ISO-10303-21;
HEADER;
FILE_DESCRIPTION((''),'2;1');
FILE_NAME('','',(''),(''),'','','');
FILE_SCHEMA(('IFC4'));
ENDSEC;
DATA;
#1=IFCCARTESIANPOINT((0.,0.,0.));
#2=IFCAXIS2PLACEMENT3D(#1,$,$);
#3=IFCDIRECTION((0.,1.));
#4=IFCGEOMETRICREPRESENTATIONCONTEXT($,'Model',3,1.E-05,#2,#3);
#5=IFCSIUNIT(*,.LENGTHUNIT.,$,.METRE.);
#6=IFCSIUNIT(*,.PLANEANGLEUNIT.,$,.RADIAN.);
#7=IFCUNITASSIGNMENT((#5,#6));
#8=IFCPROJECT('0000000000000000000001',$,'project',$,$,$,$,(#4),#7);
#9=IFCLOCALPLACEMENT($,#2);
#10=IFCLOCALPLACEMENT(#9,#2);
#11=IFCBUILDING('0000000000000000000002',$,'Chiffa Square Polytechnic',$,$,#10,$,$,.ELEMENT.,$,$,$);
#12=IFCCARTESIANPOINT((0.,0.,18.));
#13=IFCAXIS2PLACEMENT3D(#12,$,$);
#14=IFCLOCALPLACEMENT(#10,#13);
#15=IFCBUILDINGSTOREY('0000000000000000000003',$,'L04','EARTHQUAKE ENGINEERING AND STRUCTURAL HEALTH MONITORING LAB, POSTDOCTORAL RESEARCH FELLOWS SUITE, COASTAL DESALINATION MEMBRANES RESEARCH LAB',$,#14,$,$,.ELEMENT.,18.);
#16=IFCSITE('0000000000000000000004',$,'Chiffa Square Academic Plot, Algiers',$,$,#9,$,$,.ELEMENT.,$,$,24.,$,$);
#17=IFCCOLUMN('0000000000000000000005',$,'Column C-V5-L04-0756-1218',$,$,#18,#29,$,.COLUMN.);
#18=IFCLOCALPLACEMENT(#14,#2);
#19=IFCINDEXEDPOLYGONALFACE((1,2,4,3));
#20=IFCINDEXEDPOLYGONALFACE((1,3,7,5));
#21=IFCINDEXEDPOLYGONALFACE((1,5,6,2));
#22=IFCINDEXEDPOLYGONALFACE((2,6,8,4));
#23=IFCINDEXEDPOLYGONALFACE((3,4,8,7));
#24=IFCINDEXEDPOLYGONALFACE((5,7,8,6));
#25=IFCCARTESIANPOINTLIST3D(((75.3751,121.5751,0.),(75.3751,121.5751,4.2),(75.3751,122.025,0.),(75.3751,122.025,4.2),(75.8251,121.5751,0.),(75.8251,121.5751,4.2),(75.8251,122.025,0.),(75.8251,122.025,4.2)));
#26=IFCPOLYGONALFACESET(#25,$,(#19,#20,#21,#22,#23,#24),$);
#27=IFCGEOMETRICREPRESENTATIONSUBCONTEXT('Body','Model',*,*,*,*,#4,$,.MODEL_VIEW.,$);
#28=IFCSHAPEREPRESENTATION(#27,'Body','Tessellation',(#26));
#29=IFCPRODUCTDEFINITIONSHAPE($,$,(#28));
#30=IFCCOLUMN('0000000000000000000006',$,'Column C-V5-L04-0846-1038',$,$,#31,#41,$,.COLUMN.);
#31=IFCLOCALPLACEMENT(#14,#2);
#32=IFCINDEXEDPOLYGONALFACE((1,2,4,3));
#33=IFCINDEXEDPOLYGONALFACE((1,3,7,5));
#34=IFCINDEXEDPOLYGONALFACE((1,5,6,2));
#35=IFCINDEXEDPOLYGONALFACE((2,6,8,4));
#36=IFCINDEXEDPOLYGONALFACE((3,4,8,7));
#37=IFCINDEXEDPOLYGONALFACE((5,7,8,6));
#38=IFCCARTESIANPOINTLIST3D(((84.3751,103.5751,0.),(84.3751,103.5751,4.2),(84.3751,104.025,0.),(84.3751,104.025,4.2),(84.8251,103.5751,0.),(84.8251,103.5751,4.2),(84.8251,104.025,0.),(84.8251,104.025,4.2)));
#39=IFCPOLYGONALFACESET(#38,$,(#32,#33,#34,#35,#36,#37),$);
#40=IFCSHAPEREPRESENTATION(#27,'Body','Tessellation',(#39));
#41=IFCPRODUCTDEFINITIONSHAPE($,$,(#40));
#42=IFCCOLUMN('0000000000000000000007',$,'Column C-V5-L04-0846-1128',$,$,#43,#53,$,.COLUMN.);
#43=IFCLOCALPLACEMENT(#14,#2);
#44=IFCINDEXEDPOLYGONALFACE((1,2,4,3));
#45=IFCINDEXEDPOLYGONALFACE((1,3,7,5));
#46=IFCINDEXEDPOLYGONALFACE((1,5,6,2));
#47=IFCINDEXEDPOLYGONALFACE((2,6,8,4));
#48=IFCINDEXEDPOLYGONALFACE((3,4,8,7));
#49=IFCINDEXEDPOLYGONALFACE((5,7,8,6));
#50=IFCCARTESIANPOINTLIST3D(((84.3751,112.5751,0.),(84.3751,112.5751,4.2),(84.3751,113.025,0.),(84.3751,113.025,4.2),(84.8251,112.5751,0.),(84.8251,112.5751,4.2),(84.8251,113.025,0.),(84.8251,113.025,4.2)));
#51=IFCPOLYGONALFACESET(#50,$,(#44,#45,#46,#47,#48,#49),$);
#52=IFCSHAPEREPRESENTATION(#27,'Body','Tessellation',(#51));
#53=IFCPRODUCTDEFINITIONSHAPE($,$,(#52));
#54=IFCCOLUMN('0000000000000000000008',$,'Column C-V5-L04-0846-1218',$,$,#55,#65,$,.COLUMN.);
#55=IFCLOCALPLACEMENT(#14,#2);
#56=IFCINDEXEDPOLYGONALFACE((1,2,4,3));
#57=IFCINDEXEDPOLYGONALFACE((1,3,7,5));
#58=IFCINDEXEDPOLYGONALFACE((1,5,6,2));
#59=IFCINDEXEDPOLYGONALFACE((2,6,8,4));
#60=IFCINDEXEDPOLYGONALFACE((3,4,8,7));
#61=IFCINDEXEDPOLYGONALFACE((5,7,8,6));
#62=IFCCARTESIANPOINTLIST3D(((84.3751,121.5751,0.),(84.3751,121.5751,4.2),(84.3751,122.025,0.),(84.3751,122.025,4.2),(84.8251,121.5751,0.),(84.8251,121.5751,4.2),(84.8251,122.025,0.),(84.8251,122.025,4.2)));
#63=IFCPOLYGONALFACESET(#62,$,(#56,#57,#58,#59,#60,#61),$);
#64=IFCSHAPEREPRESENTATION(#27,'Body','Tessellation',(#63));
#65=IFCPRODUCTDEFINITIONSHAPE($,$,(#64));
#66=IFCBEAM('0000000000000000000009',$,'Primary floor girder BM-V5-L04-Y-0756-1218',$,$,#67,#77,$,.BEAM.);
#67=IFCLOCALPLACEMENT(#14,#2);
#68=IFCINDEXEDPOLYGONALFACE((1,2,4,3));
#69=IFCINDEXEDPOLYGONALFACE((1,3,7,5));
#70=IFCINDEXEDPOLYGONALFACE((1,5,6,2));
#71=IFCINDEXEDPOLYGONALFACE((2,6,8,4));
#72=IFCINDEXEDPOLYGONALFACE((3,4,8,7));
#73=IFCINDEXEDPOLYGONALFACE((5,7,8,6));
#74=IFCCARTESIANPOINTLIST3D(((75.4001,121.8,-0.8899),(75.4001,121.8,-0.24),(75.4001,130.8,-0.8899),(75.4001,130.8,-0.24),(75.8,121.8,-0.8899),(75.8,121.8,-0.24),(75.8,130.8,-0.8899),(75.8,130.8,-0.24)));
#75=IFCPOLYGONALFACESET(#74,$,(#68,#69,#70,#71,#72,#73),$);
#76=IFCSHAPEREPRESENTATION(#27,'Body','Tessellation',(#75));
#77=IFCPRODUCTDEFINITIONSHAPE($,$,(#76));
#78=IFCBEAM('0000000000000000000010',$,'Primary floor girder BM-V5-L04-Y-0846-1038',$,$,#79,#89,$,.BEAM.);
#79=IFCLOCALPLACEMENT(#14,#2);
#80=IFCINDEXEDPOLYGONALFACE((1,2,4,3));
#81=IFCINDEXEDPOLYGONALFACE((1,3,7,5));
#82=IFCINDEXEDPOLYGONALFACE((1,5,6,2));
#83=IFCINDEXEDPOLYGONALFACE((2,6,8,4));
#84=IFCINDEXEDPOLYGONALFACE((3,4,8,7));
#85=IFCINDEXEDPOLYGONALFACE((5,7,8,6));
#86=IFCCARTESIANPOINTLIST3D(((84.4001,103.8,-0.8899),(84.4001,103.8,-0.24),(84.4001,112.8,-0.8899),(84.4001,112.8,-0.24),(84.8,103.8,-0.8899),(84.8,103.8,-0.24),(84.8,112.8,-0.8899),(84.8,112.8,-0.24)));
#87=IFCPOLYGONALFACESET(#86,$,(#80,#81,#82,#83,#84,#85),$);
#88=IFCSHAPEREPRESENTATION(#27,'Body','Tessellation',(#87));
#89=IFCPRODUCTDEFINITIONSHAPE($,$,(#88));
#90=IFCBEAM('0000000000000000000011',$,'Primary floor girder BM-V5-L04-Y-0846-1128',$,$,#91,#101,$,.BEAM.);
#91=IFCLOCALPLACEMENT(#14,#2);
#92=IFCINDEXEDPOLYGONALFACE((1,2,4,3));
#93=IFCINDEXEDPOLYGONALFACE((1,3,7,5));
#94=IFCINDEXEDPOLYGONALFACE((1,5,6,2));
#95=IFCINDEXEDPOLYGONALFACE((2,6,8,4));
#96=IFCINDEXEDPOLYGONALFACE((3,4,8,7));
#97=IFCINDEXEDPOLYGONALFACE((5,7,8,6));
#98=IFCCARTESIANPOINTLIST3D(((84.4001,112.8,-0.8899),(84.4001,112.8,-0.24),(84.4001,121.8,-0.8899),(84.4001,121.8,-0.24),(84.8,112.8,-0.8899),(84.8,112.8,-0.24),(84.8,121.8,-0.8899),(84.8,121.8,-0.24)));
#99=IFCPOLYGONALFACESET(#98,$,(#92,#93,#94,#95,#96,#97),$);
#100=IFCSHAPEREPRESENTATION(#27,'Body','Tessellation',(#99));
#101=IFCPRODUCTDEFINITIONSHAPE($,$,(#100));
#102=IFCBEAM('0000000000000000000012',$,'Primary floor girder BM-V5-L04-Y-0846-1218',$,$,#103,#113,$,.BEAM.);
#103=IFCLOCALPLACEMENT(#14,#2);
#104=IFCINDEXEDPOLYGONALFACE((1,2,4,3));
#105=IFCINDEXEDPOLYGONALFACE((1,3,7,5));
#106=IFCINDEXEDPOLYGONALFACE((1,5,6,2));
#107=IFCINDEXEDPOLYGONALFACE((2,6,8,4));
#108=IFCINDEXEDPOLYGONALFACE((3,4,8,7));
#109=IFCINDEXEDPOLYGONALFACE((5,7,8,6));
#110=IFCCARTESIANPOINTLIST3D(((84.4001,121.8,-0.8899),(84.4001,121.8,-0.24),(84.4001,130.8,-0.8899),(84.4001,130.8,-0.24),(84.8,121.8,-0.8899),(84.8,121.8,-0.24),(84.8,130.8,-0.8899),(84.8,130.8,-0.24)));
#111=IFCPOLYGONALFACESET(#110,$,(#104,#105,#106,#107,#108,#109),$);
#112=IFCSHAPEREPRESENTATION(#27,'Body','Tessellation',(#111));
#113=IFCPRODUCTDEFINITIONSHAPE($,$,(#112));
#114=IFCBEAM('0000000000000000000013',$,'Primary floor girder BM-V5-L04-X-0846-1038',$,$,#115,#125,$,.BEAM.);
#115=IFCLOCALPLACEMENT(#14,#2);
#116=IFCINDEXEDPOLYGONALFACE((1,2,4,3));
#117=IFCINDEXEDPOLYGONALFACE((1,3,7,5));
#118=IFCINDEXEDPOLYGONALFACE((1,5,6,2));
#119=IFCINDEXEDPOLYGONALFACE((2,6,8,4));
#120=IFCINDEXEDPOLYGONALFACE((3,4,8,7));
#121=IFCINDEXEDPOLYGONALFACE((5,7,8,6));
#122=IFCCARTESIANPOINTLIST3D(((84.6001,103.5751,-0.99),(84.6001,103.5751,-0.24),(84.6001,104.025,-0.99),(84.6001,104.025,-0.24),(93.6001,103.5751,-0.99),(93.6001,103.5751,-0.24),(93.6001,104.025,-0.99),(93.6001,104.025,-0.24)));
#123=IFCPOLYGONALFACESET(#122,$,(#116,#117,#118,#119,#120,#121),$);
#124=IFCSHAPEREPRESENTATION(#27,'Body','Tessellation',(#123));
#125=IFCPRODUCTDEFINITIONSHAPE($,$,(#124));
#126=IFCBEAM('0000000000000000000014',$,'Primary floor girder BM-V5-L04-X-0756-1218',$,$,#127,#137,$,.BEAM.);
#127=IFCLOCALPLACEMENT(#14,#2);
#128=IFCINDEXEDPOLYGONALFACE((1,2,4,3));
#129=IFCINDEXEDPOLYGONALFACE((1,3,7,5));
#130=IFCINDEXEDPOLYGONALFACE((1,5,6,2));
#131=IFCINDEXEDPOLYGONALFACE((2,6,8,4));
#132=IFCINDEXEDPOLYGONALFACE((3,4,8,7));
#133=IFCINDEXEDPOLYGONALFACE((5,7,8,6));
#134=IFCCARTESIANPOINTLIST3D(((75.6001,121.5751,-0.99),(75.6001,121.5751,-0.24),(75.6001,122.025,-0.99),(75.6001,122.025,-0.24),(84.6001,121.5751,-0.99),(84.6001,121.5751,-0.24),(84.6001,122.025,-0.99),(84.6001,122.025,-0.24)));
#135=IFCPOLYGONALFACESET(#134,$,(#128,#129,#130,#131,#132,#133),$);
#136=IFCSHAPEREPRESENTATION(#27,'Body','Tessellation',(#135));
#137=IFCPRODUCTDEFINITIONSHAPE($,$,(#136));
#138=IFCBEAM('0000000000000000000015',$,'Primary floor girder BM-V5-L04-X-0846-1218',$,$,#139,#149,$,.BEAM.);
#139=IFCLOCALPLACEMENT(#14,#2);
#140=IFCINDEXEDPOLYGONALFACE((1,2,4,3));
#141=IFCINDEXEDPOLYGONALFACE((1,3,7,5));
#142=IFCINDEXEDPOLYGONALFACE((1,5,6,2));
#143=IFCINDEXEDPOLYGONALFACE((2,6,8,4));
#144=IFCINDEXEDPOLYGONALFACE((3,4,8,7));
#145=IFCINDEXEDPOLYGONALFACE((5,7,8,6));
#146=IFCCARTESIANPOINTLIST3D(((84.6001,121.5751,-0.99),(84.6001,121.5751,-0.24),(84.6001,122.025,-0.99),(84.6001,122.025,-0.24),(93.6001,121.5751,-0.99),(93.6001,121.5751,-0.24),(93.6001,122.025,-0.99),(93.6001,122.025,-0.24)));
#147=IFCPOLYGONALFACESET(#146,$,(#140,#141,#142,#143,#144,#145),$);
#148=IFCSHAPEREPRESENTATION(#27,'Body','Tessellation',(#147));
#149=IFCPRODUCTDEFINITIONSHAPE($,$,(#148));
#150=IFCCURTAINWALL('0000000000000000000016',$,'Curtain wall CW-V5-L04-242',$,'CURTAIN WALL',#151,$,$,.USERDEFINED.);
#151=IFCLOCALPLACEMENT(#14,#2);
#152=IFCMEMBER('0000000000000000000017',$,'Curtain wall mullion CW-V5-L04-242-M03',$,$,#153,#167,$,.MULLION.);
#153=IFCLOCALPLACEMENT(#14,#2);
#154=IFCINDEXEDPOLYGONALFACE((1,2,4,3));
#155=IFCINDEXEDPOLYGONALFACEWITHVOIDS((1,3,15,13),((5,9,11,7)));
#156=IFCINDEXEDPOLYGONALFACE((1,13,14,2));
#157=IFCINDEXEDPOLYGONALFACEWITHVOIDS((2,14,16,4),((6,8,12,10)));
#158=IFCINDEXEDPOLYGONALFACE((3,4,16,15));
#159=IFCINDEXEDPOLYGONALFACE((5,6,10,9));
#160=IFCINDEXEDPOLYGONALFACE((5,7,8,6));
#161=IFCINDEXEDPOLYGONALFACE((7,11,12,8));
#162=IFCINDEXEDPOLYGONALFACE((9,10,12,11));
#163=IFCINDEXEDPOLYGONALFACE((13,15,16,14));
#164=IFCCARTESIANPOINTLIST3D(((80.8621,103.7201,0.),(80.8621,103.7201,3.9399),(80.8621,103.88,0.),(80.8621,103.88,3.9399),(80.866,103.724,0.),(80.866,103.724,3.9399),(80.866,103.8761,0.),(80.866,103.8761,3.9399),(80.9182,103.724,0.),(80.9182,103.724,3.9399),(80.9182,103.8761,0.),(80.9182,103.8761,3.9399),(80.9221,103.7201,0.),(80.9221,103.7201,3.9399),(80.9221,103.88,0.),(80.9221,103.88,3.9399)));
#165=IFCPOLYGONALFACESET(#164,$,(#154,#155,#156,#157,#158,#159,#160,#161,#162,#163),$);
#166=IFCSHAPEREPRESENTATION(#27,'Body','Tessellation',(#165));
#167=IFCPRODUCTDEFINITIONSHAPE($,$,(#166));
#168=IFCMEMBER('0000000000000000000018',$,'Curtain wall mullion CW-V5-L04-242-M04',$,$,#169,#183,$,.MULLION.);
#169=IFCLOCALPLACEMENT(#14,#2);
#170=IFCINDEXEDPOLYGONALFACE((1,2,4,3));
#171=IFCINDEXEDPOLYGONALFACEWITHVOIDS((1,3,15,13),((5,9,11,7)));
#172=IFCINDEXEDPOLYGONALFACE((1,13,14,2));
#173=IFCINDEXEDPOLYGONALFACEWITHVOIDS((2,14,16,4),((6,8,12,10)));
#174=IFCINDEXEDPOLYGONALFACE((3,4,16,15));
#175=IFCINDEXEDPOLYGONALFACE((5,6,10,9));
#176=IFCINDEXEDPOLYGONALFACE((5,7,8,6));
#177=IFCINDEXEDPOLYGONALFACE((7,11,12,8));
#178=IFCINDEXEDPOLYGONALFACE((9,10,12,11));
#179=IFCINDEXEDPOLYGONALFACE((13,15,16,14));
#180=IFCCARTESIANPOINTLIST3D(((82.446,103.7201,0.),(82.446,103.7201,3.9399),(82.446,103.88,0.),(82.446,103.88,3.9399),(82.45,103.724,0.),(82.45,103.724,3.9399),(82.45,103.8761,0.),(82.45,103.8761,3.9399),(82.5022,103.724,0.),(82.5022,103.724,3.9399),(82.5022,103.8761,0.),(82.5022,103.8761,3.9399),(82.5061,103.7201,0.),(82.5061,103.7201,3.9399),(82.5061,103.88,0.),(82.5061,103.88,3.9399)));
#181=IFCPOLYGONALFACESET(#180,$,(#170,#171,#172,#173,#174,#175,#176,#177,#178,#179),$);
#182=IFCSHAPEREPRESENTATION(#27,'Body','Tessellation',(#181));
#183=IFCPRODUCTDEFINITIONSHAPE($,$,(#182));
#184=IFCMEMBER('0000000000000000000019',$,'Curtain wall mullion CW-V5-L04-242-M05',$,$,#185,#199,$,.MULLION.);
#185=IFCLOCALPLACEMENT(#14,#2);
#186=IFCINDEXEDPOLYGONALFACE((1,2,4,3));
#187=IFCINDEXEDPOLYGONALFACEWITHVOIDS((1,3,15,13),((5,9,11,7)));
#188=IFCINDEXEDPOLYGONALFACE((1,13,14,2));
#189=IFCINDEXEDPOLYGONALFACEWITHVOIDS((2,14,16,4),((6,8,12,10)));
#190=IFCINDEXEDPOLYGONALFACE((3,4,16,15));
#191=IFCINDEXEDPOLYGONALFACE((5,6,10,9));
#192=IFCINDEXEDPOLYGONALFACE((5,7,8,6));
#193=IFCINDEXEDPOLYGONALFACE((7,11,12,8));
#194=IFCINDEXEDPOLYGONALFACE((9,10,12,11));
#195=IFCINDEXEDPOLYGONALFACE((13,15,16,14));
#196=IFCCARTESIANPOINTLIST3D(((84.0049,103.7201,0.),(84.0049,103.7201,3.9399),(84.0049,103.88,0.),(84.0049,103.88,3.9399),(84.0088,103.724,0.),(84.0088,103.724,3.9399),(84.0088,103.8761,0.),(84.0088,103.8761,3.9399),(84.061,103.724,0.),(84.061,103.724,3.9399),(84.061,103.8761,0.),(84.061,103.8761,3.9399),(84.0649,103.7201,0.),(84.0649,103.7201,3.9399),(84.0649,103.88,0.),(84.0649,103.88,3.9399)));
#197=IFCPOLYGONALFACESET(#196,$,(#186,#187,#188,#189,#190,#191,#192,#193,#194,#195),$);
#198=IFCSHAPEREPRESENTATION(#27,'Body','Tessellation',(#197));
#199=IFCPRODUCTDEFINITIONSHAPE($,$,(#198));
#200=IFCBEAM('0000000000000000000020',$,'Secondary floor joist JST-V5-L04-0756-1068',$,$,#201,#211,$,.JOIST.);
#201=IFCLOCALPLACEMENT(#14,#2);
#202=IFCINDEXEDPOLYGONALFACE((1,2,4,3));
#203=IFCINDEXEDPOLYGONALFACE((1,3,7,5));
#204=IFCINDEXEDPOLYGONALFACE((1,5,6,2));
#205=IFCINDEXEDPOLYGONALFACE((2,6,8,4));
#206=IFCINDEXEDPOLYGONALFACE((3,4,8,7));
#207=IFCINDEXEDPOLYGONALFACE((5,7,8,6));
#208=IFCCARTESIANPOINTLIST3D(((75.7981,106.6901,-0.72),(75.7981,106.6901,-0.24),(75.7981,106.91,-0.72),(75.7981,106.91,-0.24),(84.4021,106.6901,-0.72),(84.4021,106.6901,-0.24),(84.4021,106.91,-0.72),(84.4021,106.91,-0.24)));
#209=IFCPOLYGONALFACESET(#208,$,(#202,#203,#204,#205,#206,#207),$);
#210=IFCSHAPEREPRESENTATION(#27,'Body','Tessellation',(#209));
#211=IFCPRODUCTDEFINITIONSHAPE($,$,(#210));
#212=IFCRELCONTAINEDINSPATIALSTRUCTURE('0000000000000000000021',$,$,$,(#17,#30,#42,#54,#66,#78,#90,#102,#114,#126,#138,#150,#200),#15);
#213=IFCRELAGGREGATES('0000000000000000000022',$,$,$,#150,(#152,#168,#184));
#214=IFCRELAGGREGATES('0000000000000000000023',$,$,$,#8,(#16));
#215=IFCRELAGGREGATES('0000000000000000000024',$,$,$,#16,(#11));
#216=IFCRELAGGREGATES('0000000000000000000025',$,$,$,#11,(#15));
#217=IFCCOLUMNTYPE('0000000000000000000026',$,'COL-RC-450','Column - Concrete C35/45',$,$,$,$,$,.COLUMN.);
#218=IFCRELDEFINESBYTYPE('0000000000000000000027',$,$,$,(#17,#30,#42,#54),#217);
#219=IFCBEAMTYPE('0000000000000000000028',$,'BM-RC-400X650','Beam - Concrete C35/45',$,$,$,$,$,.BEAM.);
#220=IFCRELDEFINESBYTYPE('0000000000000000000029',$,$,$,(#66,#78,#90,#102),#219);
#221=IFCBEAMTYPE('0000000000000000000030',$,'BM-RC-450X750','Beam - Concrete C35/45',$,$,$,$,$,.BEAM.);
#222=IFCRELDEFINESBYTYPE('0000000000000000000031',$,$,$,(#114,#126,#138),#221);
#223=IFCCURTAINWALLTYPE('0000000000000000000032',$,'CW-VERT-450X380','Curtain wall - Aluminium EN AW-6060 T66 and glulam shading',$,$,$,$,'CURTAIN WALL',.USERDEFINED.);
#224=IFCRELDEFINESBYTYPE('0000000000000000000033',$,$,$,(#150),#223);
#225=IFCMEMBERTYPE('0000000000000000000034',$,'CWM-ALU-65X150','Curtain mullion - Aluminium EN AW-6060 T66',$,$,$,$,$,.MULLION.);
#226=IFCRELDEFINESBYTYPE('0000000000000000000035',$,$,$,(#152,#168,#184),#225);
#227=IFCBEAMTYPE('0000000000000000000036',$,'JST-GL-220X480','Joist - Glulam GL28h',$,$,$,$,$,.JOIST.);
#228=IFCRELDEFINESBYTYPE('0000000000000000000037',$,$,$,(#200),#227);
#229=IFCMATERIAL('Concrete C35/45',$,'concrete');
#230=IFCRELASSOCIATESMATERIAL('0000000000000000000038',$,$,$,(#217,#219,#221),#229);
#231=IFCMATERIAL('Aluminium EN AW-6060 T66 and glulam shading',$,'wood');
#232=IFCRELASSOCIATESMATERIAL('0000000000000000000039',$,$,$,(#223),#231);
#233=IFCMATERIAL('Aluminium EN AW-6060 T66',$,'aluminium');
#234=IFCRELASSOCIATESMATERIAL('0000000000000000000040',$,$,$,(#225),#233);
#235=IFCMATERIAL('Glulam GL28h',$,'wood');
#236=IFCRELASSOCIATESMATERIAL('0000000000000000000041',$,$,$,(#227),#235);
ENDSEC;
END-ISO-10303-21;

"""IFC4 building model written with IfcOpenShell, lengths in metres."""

from ifc_helpers import new_model, si_unit, direction, frame, origin, origin_2d, place, context, subcontext, project, spatial, rectangle, hollow_rectangle, extrude, material, material_profile, profile_set, type_object, element, aggregate, save


model = new_model("IFC4")

# Units and contexts
model_context = context("Model", 3, precision=1e-05, world=origin(), true_north=direction((0.0, 1.0)))
body_context = subcontext(model_context, "Body", "Model", "MODEL_VIEW")
ifc_project = project(units=[si_unit("LENGTHUNIT", "METRE"), si_unit("PLANEANGLEUNIT", "RADIAN")], contexts=[model_context])

# Site, building, storey
site_placement = place(None, origin())
site = spatial("IfcSite", under=ifc_project, at=site_placement, Name="Chiffa Square Academic Plot, Algiers", CompositionType="ELEMENT", RefElevation=24.0)
building_placement = place(site_placement, origin())
building = spatial("IfcBuilding", under=site, at=building_placement, Name="Chiffa Square Polytechnic", CompositionType="ELEMENT")
storey_placement = place(building_placement, frame((0.0, 0.0, 18.0)))
storey = spatial("IfcBuildingStorey", under=building, at=storey_placement, Name="L04", Description="EARTHQUAKE ENGINEERING AND STRUCTURAL HEALTH MONITORING LAB, POSTDOCTORAL RESEARCH FELLOWS SUITE, COASTAL DESALINATION MEMBRANES RESEARCH LAB", CompositionType="ELEMENT", Elevation=18.0)

# Columns
ifc_material_1 = material(Name="Concrete C35/45", Category="concrete")
ifc_material_profile_1 = material_profile(ifc_material_1, rectangle(XDim=0.45, YDim=0.45, at=origin_2d()), Name="RC 450x450")
ifc_profile_set_1 = profile_set([ifc_material_profile_1], Name="Concrete C35/45")
column_type = type_object("IfcColumnType", Name="COL-RC-450", Description="Column - Concrete C35/45", PredefinedType="COLUMN", material=ifc_profile_set_1)
for number, where, z_axis, x_axis, name in (
    (1, (75.6001, 121.8, 0.0), (0.0, 0.0, 1.0), (1.0, 0.0, 0.0), "Column C-V5-L04-0756-1218"),
    (2, (84.6001, 103.8, 0.0), (0.0, 0.0, 1.0), (1.0, 0.0, 0.0), "Column C-V5-L04-0846-1038"),
    (3, (84.6001, 112.8, 0.0), (0.0, 0.0, 1.0), (1.0, 0.0, 0.0), "Column C-V5-L04-0846-1128"),
    (4, (84.6001, 121.8, 0.0), (0.0, 0.0, 1.0), (1.0, 0.0, 0.0), "Column C-V5-L04-0846-1218"),
):
    element("IfcColumn", number, at=place(storey_placement, frame(where, z_axis=z_axis, x_axis=x_axis)), inside=storey, type_object=column_type, Name=name, PredefinedType="COLUMN", context=body_context, shape_type="SweptSolid", body=[
        extrude(rectangle(XDim=0.45, YDim=0.45, at=origin_2d()), origin(), (0.0, 0.0, 1.0), 4.2),
    ])

# Beams
ifc_material_profile_2 = material_profile(ifc_material_1, rectangle(XDim=0.3999, YDim=0.6499, at=origin_2d()), Name="RC 400x650")
ifc_profile_set_2 = profile_set([ifc_material_profile_2], Name="Concrete C35/45")
beam_type_1 = type_object("IfcBeamType", Name="BM-RC-400X650", Description="Beam - Concrete C35/45", PredefinedType="BEAM", material=ifc_profile_set_2)
for number, where, z_axis, x_axis, name in (
    (5, (75.6001, 121.8, -0.5649), (0.0, 1.0, 0.0), (-1.0, 0.0, 0.0), "Primary floor girder BM-V5-L04-Y-0756-1218"),
    (6, (84.6001, 103.8, -0.5649), (0.0, 1.0, 0.0), (-1.0, 0.0, 0.0), "Primary floor girder BM-V5-L04-Y-0846-1038"),
    (7, (84.6001, 112.8, -0.5649), (0.0, 1.0, 0.0), (-1.0, 0.0, 0.0), "Primary floor girder BM-V5-L04-Y-0846-1128"),
    (8, (84.6001, 121.8, -0.5649), (0.0, 1.0, 0.0), (-1.0, 0.0, 0.0), "Primary floor girder BM-V5-L04-Y-0846-1218"),
):
    element("IfcBeam", number, at=place(storey_placement, frame(where, z_axis=z_axis, x_axis=x_axis)), inside=storey, type_object=beam_type_1, Name=name, PredefinedType="BEAM", context=body_context, shape_type="SweptSolid", body=[
        extrude(rectangle(XDim=0.3999, YDim=0.6499, at=origin_2d()), origin(), (0.0, 0.0, 1.0), 9.0),
    ])
ifc_material_profile_3 = material_profile(ifc_material_1, rectangle(XDim=0.45, YDim=0.75, at=origin_2d()), Name="RC 450x750")
ifc_profile_set_3 = profile_set([ifc_material_profile_3], Name="Concrete C35/45")
beam_type_2 = type_object("IfcBeamType", Name="BM-RC-450X750", Description="Beam - Concrete C35/45", PredefinedType="BEAM", material=ifc_profile_set_3)
for number, where, z_axis, x_axis, name in (
    (9, (84.6001, 103.8, -0.615), (1.0, 0.0, 0.0), (0.0, 1.0, 0.0), "Primary floor girder BM-V5-L04-X-0846-1038"),
    (10, (75.6001, 121.8, -0.615), (1.0, 0.0, 0.0), (0.0, 1.0, 0.0), "Primary floor girder BM-V5-L04-X-0756-1218"),
    (11, (84.6001, 121.8, -0.615), (1.0, 0.0, 0.0), (0.0, 1.0, 0.0), "Primary floor girder BM-V5-L04-X-0846-1218"),
):
    element("IfcBeam", number, at=place(storey_placement, frame(where, z_axis=z_axis, x_axis=x_axis)), inside=storey, type_object=beam_type_2, Name=name, PredefinedType="BEAM", context=body_context, shape_type="SweptSolid", body=[
        extrude(rectangle(XDim=0.45, YDim=0.75, at=origin_2d()), origin(), (0.0, 0.0, 1.0), 9.0),
    ])

# Curtain wall, members
ifc_material_2 = material(Name="Aluminium EN AW-6060 T66 and glulam shading", Category="wood")
curtain_wall_type = type_object("IfcCurtainWallType", Name="CW-VERT-450X380", Description="Curtain wall - Aluminium EN AW-6060 T66 and glulam shading", ElementType="CURTAIN WALL", PredefinedType="USERDEFINED", material=ifc_material_2)
curtain_wall_placement = place(storey_placement, origin())
curtain_wall = element("IfcCurtainWall", 12, at=curtain_wall_placement, inside=storey, type_object=curtain_wall_type, Name="Curtain wall CW-V5-L04-242", ObjectType="CURTAIN WALL", PredefinedType="USERDEFINED")
ifc_material_3 = material(Name="Aluminium EN AW-6060 T66", Category="aluminium")
ifc_material_profile_4 = material_profile(ifc_material_3, hollow_rectangle(XDim=0.0601, YDim=0.1599, WallThickness=0.0039, at=origin_2d()), Name="ALU 60x160x4")
ifc_profile_set_4 = profile_set([ifc_material_profile_4], Name="Aluminium EN AW-6060 T66")
member_type = type_object("IfcMemberType", Name="CWM-ALU-65X150", Description="Curtain mullion - Aluminium EN AW-6060 T66", PredefinedType="MULLION", material=ifc_profile_set_4)
member_1_placement = place(storey_placement, frame((80.8921, 103.8, 0.0), z_axis=(0.0, 0.0, 1.0), x_axis=(1.0, 0.0, 0.0)))
member_1 = element("IfcMember", 13, at=member_1_placement, type_object=member_type, Name="Curtain wall mullion CW-V5-L04-242-M03", PredefinedType="MULLION", context=body_context, shape_type="SweptSolid", body=[
    extrude(hollow_rectangle(XDim=0.0601, YDim=0.1599, WallThickness=0.0039, at=origin_2d()), origin(), (0.0, 0.0, 1.0), 3.9399),
])
member_2_placement = place(storey_placement, frame((82.4761, 103.8, 0.0), z_axis=(0.0, 0.0, 1.0), x_axis=(1.0, 0.0, 0.0)))
member_2 = element("IfcMember", 14, at=member_2_placement, type_object=member_type, Name="Curtain wall mullion CW-V5-L04-242-M04", PredefinedType="MULLION", context=body_context, shape_type="SweptSolid", body=[
    extrude(hollow_rectangle(XDim=0.0601, YDim=0.1599, WallThickness=0.0039, at=origin_2d()), origin(), (0.0, 0.0, 1.0), 3.9399),
])
member_3_placement = place(storey_placement, frame((84.0349, 103.8, 0.0), z_axis=(0.0, 0.0, 1.0), x_axis=(1.0, 0.0, 0.0)))
member_3 = element("IfcMember", 15, at=member_3_placement, type_object=member_type, Name="Curtain wall mullion CW-V5-L04-242-M05", PredefinedType="MULLION", context=body_context, shape_type="SweptSolid", body=[
    extrude(hollow_rectangle(XDim=0.0601, YDim=0.1599, WallThickness=0.0039, at=origin_2d()), origin(), (0.0, 0.0, 1.0), 3.9399),
])

# Beam
ifc_material_4 = material(Name="Glulam GL28h", Category="wood")
ifc_material_profile_5 = material_profile(ifc_material_4, rectangle(XDim=0.22, YDim=0.48, at=origin_2d()), Name="GL28h 220x480")
ifc_profile_set_5 = profile_set([ifc_material_profile_5], Name="Glulam GL28h")
beam_type_3 = type_object("IfcBeamType", Name="JST-GL-220X480", Description="Joist - Glulam GL28h", PredefinedType="JOIST", material=ifc_profile_set_5)
for number, where, z_axis, x_axis, name in (
    (16, (75.7981, 106.8, -0.48), (1.0, 0.0, 0.0), (0.0, 1.0, 0.0), "Secondary floor joist JST-V5-L04-0756-1068"),
):
    element("IfcBeam", number, at=place(storey_placement, frame(where, z_axis=z_axis, x_axis=x_axis)), inside=storey, type_object=beam_type_3, Name=name, PredefinedType="JOIST", context=body_context, shape_type="SweptSolid", body=[
        extrude(rectangle(XDim=0.22, YDim=0.48, at=origin_2d()), origin(), (0.0, 0.0, 1.0), 8.604),
    ])

aggregate(curtain_wall, [member_1, member_2, member_3])

save(model, "model.ifc")
